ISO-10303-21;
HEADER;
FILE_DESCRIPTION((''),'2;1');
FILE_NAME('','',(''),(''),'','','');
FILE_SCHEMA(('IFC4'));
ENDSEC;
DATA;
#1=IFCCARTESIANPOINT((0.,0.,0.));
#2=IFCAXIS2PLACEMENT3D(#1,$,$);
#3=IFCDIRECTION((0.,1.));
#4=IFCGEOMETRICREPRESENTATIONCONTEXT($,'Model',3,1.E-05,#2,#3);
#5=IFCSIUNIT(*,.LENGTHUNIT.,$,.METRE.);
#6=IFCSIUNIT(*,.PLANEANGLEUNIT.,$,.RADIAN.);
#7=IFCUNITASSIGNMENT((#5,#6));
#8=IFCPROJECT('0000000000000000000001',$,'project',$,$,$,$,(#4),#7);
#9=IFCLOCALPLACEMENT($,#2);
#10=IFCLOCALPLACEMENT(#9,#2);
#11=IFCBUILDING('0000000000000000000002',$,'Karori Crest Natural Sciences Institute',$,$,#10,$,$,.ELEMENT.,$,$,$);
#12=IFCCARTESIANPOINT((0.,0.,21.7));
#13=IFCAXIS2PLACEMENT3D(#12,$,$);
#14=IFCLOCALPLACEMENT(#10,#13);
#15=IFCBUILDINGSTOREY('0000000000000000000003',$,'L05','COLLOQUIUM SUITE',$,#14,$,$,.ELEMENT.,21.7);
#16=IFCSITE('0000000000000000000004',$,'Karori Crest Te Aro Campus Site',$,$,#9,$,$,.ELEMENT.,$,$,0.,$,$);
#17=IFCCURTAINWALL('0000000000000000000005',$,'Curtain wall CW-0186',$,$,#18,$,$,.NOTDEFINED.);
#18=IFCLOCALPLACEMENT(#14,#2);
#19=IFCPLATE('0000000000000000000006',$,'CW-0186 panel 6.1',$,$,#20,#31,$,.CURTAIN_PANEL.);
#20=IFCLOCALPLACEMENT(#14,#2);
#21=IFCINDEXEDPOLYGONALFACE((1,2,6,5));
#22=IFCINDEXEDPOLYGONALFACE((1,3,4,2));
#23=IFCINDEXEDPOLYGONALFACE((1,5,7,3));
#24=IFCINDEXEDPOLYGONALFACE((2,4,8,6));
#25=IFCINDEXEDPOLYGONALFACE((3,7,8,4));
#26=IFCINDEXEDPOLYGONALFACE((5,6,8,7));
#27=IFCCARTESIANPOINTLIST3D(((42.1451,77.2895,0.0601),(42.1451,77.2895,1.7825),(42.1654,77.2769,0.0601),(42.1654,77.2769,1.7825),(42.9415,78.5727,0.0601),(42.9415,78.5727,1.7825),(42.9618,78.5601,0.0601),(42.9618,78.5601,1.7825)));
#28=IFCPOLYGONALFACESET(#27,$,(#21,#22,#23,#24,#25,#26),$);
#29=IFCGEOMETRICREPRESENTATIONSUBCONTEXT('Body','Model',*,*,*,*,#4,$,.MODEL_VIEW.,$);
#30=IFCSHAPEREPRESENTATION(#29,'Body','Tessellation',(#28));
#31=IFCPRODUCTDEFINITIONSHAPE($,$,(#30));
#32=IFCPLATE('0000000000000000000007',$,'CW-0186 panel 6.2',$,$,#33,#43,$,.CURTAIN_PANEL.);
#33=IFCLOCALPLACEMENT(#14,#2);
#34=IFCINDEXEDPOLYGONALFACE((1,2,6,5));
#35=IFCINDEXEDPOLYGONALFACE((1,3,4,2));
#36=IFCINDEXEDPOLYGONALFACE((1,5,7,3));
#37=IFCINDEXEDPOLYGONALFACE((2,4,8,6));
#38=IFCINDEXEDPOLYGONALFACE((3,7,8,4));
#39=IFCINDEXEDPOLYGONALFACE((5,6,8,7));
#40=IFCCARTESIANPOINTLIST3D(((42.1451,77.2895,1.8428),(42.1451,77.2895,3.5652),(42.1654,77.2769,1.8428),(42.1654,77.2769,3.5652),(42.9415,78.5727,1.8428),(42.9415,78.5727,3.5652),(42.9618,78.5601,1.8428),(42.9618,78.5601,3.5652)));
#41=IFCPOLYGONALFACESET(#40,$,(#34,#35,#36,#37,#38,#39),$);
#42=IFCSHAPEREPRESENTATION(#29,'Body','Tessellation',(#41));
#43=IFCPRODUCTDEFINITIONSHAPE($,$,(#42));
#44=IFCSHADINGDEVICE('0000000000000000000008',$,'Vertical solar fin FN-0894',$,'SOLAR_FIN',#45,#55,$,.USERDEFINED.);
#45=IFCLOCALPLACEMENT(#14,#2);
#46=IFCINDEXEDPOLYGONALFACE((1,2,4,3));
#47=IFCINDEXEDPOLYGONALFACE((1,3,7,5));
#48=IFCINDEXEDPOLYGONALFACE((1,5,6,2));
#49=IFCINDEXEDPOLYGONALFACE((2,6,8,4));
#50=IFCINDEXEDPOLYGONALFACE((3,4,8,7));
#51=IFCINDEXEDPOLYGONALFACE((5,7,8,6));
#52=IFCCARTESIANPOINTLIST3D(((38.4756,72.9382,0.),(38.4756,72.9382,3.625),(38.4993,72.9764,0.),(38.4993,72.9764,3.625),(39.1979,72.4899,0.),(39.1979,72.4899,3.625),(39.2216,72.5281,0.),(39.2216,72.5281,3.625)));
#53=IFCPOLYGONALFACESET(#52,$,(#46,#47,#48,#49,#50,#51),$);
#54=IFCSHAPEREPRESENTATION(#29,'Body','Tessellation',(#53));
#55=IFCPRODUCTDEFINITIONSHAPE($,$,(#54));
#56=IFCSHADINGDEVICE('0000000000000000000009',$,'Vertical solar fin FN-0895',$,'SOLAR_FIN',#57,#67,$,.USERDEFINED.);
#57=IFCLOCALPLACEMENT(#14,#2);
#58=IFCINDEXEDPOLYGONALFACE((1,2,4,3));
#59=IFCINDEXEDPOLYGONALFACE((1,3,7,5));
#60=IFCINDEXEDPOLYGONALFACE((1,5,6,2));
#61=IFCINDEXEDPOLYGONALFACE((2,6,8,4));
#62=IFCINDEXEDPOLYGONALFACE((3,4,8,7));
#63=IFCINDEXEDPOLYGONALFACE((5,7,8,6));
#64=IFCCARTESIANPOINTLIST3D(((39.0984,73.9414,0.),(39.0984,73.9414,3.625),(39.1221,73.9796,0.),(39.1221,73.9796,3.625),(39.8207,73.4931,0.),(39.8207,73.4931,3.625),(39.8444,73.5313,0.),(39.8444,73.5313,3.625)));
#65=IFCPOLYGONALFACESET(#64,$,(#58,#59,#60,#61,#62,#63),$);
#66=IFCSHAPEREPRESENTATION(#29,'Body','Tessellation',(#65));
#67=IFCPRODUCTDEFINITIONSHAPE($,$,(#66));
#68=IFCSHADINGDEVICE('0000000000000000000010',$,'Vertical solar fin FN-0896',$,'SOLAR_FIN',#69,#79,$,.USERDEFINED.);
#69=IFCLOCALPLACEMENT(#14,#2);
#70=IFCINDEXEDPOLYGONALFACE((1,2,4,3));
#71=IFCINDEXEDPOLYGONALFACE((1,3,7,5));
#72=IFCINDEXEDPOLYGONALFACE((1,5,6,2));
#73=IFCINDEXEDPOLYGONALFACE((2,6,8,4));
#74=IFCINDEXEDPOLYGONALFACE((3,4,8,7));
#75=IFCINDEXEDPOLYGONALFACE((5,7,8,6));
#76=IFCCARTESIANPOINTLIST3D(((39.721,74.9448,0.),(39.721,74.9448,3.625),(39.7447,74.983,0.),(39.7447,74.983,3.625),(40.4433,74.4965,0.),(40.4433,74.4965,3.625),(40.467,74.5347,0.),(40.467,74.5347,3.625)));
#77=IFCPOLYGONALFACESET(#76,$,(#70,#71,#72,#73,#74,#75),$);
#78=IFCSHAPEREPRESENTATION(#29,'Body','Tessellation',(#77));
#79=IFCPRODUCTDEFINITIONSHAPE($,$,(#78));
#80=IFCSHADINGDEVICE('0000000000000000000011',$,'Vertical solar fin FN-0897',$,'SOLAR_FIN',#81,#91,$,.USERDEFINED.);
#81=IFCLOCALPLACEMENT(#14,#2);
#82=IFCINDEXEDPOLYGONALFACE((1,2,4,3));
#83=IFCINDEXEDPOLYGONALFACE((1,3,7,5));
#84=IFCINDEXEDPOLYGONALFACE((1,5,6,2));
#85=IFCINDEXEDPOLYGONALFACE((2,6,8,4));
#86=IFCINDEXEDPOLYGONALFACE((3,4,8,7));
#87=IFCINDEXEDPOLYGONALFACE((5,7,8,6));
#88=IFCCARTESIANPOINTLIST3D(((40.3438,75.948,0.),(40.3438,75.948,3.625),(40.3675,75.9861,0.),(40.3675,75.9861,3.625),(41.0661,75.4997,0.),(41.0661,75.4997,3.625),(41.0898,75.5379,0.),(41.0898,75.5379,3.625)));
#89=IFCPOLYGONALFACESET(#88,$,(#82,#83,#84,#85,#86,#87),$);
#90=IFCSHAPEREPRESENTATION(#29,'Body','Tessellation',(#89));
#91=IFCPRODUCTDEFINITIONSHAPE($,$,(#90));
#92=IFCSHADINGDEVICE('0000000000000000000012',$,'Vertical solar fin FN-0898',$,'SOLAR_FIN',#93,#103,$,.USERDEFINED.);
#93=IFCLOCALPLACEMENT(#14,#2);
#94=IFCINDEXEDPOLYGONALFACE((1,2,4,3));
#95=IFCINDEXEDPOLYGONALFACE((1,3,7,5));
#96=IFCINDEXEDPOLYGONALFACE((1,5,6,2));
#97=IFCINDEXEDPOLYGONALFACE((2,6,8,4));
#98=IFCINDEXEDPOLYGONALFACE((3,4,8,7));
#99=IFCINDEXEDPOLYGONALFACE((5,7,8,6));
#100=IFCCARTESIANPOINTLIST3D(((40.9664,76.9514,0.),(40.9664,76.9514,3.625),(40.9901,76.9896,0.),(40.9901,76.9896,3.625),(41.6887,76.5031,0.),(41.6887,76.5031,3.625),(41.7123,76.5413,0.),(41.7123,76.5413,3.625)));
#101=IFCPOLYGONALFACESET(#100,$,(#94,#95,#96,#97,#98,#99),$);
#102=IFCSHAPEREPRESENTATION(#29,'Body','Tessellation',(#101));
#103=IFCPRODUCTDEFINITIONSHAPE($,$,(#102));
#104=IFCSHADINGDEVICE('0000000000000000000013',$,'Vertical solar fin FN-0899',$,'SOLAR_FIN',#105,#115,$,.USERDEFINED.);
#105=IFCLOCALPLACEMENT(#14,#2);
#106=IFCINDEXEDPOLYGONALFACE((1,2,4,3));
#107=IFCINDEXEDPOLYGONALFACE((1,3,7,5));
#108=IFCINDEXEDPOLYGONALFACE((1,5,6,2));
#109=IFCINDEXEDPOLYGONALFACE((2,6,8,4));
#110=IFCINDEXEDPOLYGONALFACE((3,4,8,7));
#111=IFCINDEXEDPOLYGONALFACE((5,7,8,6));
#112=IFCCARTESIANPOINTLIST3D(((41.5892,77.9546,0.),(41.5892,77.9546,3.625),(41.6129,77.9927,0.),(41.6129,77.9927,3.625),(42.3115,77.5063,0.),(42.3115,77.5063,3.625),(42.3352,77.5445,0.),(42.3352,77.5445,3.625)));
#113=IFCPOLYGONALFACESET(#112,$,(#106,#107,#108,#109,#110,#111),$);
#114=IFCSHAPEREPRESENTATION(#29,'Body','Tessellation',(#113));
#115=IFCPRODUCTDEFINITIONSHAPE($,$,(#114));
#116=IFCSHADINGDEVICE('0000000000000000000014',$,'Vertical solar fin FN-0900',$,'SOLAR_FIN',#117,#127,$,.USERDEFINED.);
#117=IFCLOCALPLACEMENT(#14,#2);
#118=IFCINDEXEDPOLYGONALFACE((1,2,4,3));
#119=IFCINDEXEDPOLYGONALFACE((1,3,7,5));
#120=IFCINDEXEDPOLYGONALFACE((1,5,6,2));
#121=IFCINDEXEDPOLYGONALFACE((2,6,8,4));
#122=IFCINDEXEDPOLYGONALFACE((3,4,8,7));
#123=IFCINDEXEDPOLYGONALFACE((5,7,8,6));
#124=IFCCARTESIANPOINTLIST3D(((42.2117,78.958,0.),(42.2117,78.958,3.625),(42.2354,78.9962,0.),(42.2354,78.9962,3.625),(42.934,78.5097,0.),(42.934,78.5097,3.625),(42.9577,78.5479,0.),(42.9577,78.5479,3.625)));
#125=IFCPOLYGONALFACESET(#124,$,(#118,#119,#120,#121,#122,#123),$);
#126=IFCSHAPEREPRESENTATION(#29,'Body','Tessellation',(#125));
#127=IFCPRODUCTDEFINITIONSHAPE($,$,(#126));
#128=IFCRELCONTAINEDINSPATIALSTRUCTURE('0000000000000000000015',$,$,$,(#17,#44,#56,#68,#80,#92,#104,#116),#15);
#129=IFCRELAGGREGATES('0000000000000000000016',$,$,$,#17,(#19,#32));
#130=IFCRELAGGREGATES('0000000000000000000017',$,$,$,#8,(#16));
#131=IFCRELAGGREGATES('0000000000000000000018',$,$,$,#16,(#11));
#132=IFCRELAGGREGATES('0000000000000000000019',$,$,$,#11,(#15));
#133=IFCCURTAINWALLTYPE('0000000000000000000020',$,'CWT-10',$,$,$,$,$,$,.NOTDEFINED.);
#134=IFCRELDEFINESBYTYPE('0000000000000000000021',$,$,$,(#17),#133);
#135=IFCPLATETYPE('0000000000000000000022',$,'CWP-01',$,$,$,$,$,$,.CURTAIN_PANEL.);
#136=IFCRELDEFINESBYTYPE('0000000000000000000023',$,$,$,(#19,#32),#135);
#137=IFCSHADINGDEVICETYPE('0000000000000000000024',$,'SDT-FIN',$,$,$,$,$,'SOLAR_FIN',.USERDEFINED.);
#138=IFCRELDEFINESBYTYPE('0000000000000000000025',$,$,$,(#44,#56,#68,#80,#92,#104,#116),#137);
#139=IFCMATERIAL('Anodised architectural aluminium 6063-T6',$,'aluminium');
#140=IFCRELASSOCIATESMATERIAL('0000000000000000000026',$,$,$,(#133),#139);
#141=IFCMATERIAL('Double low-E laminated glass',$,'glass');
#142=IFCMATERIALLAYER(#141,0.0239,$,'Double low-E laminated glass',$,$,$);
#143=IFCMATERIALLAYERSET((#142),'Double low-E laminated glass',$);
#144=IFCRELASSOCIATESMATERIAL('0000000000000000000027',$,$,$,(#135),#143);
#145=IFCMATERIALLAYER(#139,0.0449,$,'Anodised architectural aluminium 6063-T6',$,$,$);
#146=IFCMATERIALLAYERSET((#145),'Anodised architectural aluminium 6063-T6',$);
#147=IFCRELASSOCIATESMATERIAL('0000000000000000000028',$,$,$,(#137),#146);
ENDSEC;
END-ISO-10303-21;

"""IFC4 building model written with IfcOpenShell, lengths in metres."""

from ifc_helpers import new_model, si_unit, direction, frame, origin, origin_2d, place, context, subcontext, project, spatial, rectangle, extrude, material, layer, layer_set, type_object, element, aggregate, save


model = new_model("IFC4")

# Units and contexts
model_context = context("Model", 3, precision=1e-05, world=origin(), true_north=direction((0.0, 1.0)))
body_context = subcontext(model_context, "Body", "Model", "MODEL_VIEW")
ifc_project = project(units=[si_unit("LENGTHUNIT", "METRE"), si_unit("PLANEANGLEUNIT", "RADIAN")], contexts=[model_context])

# Site, building, storey
site_placement = place(None, origin())
site = spatial("IfcSite", under=ifc_project, at=site_placement, Name="Karori Crest Te Aro Campus Site", CompositionType="ELEMENT", RefElevation=0.0)
building_placement = place(site_placement, origin())
building = spatial("IfcBuilding", under=site, at=building_placement, Name="Karori Crest Natural Sciences Institute", CompositionType="ELEMENT")
storey_placement = place(building_placement, frame((0.0, 0.0, 21.7)))
storey = spatial("IfcBuildingStorey", under=building, at=storey_placement, Name="L05", Description="COLLOQUIUM SUITE", CompositionType="ELEMENT", Elevation=21.7)

# Curtain wall, plates
ifc_material_1 = material(Name="Anodised architectural aluminium 6063-T6", Category="aluminium")
curtain_wall_type = type_object("IfcCurtainWallType", Name="CWT-10", PredefinedType="NOTDEFINED", material=ifc_material_1)
curtain_wall_placement = place(storey_placement, origin())
curtain_wall = element("IfcCurtainWall", 1, at=curtain_wall_placement, inside=storey, type_object=curtain_wall_type, Name="Curtain wall CW-0186", PredefinedType="NOTDEFINED")
ifc_material_2 = material(Name="Double low-E laminated glass", Category="glass")
ifc_layer_1 = layer(ifc_material_2, 0.0239, Name="Double low-E laminated glass")
ifc_layer_set_1 = layer_set([ifc_layer_1], Name="Double low-E laminated glass")
plate_type = type_object("IfcPlateType", Name="CWP-01", PredefinedType="CURTAIN_PANEL", material=ifc_layer_set_1)
plate_1_placement = place(storey_placement, frame((42.5535, 77.9248, 0.0601), z_axis=(0.0, 0.0, 1.0), x_axis=(0.527324, 0.849664, 0.0)))
plate_1 = element("IfcPlate", 2, at=plate_1_placement, type_object=plate_type, Name="CW-0186 panel 6.1", PredefinedType="CURTAIN_PANEL", context=body_context, shape_type="SweptSolid", body=[
    extrude(rectangle(XDim=1.5103, YDim=0.0239, at=origin_2d()), origin(), (0.0, 0.0, 1.0), 1.7224),
])
plate_2_placement = place(storey_placement, frame((42.5535, 77.9248, 1.8428), z_axis=(0.0, 0.0, 1.0), x_axis=(0.527324, 0.849664, 0.0)))
plate_2 = element("IfcPlate", 3, at=plate_2_placement, type_object=plate_type, Name="CW-0186 panel 6.2", PredefinedType="CURTAIN_PANEL", context=body_context, shape_type="SweptSolid", body=[
    extrude(rectangle(XDim=1.5103, YDim=0.0239, at=origin_2d()), origin(), (0.0, 0.0, 1.0), 1.7224),
])
aggregate(curtain_wall, [plate_1, plate_2])

# Shading devices
ifc_layer_2 = layer(ifc_material_1, 0.0449, Name="Anodised architectural aluminium 6063-T6")
ifc_layer_set_2 = layer_set([ifc_layer_2], Name="Anodised architectural aluminium 6063-T6")
shading_device_type = type_object("IfcShadingDeviceType", Name="SDT-FIN", ElementType="SOLAR_FIN", PredefinedType="USERDEFINED", material=ifc_layer_set_2)
for number, where, z_axis, x_axis, name in (
    (4, (38.8486, 72.7332, 0.0), (0.0, 0.0, 1.0), (-0.849665, 0.527324, 0.0), "Vertical solar fin FN-0894"),
    (5, (39.4714, 73.7363, 0.0), (0.0, 0.0, 1.0), (-0.849665, 0.527324, 0.0), "Vertical solar fin FN-0895"),
    (6, (40.094, 74.7397, 0.0), (0.0, 0.0, 1.0), (-0.849665, 0.527324, 0.0), "Vertical solar fin FN-0896"),
    (7, (40.7168, 75.7429, 0.0), (0.0, 0.0, 1.0), (-0.849665, 0.527324, 0.0), "Vertical solar fin FN-0897"),
    (8, (41.3394, 76.7463, 0.0), (0.0, 0.0, 1.0), (-0.849665, 0.527324, 0.0), "Vertical solar fin FN-0898"),
    (9, (41.9622, 77.7495, 0.0), (0.0, 0.0, 1.0), (-0.849665, 0.527324, 0.0), "Vertical solar fin FN-0899"),
    (10, (42.5847, 78.7529, 0.0), (0.0, 0.0, 1.0), (-0.849665, 0.527324, 0.0), "Vertical solar fin FN-0900"),
):
    element("IfcShadingDevice", number, at=place(storey_placement, frame(where, z_axis=z_axis, x_axis=x_axis)), inside=storey, type_object=shading_device_type, Name=name, ObjectType="SOLAR_FIN", PredefinedType="USERDEFINED", context=body_context, shape_type="SweptSolid", body=[
        extrude(rectangle(XDim=0.8501, YDim=0.0449, at=origin_2d()), origin(), (0.0, 0.0, 1.0), 3.625),
    ])

save(model, "model.ifc")
